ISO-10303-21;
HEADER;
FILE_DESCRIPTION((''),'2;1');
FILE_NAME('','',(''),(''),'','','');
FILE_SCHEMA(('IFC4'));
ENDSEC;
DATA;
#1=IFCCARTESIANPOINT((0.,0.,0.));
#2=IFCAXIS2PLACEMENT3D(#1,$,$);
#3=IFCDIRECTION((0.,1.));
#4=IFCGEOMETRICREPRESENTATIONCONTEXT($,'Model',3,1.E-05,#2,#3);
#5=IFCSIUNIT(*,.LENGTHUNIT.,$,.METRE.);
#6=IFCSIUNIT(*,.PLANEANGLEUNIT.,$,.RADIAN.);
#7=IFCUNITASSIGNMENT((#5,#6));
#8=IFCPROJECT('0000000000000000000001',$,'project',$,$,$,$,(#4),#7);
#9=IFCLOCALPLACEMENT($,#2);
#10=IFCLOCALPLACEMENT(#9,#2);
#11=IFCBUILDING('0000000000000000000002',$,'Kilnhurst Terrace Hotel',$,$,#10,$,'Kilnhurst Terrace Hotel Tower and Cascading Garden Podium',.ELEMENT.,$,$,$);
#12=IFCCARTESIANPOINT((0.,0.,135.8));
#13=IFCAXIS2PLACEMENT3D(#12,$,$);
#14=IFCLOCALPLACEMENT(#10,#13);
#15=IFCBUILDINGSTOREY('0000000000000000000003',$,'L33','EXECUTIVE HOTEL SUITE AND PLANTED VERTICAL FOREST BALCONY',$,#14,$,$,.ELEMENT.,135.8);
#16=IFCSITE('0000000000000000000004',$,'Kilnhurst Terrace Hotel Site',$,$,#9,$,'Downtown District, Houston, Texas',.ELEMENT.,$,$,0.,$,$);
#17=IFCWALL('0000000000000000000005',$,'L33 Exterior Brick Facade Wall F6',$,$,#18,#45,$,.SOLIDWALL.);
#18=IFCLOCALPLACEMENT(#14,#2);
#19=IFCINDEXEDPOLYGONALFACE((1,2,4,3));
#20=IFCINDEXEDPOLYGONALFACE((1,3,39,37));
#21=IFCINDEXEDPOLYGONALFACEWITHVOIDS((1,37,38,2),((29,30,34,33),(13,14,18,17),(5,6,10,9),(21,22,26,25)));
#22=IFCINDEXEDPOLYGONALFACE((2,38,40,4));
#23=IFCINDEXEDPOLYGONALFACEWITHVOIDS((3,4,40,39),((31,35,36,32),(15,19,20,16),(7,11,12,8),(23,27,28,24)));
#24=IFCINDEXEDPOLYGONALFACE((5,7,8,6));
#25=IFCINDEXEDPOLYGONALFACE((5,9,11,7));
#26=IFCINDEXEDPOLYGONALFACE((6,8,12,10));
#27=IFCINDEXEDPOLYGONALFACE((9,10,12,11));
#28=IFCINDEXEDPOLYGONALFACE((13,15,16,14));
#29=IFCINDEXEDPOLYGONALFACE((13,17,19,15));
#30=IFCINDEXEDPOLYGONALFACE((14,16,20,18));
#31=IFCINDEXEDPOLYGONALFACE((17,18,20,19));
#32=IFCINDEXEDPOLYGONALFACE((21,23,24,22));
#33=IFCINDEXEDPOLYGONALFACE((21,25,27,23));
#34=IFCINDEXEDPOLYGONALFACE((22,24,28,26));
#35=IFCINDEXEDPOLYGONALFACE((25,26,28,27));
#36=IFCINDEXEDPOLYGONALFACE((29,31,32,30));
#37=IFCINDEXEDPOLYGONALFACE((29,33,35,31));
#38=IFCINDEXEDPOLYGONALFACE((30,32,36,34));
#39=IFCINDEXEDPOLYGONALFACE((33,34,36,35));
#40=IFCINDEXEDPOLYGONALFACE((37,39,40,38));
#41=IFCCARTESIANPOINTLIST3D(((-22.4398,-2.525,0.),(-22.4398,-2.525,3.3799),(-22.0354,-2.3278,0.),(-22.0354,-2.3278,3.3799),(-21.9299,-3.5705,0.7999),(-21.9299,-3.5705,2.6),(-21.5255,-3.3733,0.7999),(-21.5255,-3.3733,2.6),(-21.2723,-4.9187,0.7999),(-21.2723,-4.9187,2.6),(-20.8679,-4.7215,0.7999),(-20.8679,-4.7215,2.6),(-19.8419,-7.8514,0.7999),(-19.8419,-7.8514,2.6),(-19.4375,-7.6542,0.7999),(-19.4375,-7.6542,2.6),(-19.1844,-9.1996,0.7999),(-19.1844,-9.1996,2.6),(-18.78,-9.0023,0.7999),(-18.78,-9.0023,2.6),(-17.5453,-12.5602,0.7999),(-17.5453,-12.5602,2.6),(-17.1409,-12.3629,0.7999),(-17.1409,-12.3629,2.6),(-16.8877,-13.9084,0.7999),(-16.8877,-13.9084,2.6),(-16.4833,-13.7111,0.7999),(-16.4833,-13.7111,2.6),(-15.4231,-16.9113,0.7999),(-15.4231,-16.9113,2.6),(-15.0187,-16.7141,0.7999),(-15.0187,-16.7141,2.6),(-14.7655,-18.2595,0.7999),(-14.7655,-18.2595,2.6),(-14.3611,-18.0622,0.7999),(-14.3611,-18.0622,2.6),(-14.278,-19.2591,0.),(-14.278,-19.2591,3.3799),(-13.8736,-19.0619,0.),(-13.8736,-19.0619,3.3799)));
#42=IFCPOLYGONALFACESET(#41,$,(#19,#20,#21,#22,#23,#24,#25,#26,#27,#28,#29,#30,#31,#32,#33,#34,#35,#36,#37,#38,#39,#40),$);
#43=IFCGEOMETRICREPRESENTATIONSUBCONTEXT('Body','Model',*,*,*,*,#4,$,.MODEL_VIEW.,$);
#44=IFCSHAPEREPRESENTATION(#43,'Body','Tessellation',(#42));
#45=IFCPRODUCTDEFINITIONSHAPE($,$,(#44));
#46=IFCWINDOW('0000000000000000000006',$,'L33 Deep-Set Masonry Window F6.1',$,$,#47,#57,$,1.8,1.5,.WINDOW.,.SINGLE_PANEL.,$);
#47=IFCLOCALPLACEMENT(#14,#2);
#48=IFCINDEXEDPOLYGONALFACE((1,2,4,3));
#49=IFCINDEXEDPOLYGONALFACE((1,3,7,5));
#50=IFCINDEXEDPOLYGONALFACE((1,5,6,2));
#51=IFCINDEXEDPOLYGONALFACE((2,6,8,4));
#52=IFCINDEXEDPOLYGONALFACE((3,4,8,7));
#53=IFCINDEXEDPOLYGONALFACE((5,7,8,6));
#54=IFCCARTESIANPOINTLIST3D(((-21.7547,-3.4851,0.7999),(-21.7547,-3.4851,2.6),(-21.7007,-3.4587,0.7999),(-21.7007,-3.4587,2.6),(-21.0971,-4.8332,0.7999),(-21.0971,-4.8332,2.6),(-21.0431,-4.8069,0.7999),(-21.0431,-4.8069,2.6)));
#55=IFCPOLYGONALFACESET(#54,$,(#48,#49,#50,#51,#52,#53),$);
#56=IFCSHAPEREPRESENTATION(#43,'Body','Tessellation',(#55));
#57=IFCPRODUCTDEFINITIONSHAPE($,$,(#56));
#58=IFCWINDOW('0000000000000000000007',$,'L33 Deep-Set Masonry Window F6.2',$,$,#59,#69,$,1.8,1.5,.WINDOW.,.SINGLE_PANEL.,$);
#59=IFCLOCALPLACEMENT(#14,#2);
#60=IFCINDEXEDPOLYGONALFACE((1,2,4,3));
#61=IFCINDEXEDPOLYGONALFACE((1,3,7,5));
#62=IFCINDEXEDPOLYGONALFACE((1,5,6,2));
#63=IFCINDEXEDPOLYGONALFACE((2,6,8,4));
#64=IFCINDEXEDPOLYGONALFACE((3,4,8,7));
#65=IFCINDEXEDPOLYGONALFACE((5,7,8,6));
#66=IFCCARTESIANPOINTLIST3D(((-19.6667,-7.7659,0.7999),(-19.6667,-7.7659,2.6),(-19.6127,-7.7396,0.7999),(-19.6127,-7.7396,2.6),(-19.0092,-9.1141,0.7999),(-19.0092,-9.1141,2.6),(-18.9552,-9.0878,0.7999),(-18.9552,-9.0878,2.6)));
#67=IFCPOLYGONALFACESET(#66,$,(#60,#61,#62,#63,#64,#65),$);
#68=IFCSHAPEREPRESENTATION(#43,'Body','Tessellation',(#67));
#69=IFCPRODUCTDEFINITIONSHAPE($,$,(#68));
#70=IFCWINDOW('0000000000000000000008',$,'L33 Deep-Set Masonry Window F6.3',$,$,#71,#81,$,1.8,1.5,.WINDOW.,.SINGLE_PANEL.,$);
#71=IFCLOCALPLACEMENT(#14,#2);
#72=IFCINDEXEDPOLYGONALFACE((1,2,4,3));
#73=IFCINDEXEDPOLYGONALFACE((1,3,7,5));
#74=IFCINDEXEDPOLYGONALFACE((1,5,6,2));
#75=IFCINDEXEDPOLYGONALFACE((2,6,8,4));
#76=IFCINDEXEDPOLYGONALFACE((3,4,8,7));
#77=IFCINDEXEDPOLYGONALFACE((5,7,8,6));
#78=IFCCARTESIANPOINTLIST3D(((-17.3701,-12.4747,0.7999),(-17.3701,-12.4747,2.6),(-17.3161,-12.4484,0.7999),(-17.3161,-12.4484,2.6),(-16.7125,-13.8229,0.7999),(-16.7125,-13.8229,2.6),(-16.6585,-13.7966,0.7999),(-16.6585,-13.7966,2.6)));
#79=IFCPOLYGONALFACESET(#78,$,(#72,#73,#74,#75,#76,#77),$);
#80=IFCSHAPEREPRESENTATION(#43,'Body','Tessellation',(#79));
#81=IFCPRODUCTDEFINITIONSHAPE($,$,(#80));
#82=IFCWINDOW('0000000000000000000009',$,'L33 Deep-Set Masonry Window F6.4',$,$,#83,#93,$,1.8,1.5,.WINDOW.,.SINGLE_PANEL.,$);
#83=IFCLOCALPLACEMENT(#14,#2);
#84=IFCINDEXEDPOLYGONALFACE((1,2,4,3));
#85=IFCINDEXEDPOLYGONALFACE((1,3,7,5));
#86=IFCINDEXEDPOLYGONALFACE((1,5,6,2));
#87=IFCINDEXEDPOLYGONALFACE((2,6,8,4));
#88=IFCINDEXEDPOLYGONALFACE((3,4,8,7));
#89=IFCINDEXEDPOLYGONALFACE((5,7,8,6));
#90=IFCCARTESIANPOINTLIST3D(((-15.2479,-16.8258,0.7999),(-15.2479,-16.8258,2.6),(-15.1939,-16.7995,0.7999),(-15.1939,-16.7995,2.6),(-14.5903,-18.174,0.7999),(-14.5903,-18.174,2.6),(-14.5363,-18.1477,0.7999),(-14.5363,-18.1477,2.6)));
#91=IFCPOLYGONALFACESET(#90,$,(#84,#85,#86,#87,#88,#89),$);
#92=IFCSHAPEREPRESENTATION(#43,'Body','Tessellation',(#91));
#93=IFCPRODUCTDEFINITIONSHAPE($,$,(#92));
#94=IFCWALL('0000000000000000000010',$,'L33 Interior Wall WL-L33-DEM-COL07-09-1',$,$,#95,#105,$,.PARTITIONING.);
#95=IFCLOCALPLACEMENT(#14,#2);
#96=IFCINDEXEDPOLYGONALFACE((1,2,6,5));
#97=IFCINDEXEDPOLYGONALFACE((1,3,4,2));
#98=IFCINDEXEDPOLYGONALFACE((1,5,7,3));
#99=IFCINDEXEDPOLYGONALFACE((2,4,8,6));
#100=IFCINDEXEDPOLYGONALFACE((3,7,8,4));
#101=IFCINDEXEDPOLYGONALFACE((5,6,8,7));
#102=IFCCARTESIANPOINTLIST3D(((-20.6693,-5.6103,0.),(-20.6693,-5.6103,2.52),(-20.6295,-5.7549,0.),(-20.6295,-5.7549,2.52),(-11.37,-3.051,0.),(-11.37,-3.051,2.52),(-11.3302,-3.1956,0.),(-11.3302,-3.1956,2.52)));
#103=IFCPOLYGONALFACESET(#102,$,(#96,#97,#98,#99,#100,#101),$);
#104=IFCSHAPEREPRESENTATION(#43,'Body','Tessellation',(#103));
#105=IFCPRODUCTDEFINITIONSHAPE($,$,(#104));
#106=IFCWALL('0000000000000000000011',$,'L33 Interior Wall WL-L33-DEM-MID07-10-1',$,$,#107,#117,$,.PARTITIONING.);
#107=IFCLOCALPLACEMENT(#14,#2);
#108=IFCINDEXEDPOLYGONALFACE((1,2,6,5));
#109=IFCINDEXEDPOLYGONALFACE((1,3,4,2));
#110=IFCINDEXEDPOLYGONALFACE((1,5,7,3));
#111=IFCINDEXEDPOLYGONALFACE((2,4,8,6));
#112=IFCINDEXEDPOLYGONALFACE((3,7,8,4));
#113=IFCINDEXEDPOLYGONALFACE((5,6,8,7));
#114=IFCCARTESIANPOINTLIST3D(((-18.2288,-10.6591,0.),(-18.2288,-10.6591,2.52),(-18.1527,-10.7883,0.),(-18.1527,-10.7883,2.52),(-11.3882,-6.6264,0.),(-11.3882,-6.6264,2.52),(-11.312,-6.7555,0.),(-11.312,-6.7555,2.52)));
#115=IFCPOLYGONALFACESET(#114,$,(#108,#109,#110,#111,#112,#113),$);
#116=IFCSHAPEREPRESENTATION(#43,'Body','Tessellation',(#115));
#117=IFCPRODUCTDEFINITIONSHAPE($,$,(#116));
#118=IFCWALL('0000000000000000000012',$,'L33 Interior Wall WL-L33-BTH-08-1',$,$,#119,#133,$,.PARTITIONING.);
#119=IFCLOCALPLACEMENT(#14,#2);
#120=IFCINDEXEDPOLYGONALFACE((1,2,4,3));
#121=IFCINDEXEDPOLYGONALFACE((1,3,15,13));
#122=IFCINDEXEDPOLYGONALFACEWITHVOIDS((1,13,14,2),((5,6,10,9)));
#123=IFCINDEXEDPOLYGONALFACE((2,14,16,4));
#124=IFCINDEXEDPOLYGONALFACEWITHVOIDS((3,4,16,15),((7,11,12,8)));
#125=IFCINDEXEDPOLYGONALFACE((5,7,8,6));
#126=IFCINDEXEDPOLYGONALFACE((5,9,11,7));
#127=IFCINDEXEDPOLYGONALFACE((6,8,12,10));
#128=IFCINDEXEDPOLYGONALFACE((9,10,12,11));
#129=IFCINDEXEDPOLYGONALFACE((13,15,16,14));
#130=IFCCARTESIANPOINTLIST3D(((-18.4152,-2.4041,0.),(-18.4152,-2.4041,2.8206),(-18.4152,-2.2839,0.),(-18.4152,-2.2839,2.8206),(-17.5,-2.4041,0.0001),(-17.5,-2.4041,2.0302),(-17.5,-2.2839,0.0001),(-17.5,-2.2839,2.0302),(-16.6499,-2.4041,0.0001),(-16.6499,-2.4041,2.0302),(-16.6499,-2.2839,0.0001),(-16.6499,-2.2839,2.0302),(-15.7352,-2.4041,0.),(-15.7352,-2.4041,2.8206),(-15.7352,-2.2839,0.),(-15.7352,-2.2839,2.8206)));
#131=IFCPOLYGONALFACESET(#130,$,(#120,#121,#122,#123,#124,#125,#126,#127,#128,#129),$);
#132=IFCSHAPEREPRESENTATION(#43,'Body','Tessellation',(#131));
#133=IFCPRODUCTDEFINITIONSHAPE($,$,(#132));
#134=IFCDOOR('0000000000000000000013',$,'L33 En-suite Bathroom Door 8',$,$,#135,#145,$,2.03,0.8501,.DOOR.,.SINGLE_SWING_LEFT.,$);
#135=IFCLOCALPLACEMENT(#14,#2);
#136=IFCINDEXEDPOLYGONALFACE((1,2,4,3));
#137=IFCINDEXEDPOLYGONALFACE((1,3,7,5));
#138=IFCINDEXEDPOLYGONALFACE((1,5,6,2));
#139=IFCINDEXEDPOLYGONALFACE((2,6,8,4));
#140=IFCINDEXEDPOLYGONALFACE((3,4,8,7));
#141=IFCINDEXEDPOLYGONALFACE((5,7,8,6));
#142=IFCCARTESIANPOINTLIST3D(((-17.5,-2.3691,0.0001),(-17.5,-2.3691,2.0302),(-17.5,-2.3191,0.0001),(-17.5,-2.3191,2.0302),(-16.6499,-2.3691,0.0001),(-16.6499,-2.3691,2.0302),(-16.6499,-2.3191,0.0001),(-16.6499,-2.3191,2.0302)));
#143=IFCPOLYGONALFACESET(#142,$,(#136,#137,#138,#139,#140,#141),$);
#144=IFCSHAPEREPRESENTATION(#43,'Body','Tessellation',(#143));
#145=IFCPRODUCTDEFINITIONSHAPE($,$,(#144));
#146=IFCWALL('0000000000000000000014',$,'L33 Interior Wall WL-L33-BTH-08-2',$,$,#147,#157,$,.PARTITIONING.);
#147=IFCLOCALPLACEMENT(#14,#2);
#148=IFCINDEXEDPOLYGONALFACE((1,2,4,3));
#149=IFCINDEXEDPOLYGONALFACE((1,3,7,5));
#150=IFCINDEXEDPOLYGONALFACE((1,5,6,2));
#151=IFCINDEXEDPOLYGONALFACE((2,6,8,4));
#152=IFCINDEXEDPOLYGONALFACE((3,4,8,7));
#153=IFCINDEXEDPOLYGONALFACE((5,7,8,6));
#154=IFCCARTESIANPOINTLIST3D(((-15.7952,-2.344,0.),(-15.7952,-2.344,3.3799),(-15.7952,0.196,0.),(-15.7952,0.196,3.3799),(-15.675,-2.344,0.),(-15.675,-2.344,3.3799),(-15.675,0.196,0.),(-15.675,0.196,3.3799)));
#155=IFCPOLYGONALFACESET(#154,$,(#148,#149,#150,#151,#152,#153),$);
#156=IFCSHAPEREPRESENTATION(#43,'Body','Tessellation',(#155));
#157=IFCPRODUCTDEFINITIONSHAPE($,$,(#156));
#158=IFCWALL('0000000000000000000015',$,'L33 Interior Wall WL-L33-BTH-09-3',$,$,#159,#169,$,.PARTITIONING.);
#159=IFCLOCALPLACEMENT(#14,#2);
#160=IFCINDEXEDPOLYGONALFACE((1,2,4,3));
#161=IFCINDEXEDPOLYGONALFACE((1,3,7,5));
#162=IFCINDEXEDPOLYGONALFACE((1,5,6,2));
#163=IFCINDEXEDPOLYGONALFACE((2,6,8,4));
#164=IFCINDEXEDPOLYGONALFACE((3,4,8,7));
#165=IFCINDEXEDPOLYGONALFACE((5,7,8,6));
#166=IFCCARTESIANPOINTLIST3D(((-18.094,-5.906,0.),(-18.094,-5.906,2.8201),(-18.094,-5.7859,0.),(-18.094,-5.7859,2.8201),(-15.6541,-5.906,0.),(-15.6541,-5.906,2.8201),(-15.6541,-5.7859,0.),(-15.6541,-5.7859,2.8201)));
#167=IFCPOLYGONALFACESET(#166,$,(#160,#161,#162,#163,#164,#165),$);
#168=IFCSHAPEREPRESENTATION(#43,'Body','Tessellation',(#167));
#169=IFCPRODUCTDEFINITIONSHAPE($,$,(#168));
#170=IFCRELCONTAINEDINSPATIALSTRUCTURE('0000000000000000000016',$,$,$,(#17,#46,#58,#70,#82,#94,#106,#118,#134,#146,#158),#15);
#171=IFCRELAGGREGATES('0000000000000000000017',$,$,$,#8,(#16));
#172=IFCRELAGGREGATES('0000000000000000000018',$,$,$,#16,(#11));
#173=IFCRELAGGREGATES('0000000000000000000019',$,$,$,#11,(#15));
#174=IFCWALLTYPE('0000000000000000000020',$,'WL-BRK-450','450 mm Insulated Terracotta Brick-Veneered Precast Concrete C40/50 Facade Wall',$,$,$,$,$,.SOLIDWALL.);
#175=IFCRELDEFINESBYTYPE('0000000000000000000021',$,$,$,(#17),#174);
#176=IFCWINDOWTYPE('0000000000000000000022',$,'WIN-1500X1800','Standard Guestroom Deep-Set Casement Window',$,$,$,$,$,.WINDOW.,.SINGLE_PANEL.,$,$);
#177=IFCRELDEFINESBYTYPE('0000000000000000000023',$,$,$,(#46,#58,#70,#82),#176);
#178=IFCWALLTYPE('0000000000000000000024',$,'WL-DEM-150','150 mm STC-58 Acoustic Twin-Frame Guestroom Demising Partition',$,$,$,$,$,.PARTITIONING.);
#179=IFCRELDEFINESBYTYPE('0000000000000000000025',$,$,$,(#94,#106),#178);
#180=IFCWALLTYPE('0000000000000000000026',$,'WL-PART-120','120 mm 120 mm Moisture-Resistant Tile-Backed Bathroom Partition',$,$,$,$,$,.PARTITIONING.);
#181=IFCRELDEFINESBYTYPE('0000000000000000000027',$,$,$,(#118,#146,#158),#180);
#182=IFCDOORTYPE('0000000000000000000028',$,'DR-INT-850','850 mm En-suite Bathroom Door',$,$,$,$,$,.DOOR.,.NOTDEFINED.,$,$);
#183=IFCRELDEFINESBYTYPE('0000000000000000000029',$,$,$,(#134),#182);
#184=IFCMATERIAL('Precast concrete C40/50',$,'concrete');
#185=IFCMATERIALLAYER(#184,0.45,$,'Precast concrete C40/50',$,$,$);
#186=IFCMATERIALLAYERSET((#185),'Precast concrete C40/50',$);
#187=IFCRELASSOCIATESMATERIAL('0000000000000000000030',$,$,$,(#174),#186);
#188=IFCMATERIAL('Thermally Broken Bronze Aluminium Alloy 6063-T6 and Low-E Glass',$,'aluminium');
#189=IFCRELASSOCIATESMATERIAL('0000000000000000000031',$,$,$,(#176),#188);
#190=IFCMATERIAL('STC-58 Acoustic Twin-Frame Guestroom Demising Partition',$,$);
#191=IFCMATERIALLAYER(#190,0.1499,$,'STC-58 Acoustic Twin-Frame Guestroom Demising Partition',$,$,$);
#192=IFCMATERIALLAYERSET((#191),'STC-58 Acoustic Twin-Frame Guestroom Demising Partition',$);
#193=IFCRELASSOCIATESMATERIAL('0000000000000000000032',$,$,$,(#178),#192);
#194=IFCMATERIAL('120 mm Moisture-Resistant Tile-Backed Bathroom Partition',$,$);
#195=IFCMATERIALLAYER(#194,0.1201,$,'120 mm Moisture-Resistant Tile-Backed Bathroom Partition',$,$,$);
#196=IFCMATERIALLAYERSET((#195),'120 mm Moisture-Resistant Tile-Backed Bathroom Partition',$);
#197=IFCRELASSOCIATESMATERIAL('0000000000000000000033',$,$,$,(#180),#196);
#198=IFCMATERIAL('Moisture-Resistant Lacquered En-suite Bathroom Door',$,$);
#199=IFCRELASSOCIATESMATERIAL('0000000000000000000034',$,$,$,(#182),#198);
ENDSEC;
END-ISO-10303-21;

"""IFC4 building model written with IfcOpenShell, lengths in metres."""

from ifc_helpers import new_model, si_unit, direction, frame, frame_2d, origin, place, context, subcontext, project, spatial, rectangle, extrude, material, layer, layer_set, type_object, element, fill, save


model = new_model("IFC4")

# Units and contexts
model_context = context("Model", 3, precision=1e-05, world=origin(), true_north=direction((0.0, 1.0)))
body_context = subcontext(model_context, "Body", "Model", "MODEL_VIEW")
ifc_project = project(units=[si_unit("LENGTHUNIT", "METRE"), si_unit("PLANEANGLEUNIT", "RADIAN")], contexts=[model_context])

# Site, building, storey
site_placement = place(None, origin())
site = spatial("IfcSite", under=ifc_project, at=site_placement, Name="Kilnhurst Terrace Hotel Site", LongName="Downtown District, Houston, Texas", CompositionType="ELEMENT", RefElevation=0.0)
building_placement = place(site_placement, origin())
building = spatial("IfcBuilding", under=site, at=building_placement, Name="Kilnhurst Terrace Hotel", LongName="Kilnhurst Terrace Hotel Tower and Cascading Garden Podium", CompositionType="ELEMENT")
storey_placement = place(building_placement, frame((0.0, 0.0, 135.8)))
storey = spatial("IfcBuildingStorey", under=building, at=storey_placement, Name="L33", Description="EXECUTIVE HOTEL SUITE AND PLANTED VERTICAL FOREST BALCONY", CompositionType="ELEMENT", Elevation=135.8)

# Shared definitions
ifc_material_1 = material(Name="Precast concrete C40/50", Category="concrete")
ifc_layer_1 = layer(ifc_material_1, 0.45, Name="Precast concrete C40/50")
ifc_layer_set_1 = layer_set([ifc_layer_1], Name="Precast concrete C40/50")
wall_type_1 = type_object("IfcWallType", Name="WL-BRK-450", Description="450 mm Insulated Terracotta Brick-Veneered Precast Concrete C40/50 Facade Wall", PredefinedType="SOLIDWALL", material=ifc_layer_set_1)

# Wall, openings, windows
wall_1_placement = place(storey_placement, frame((-22.2375, -2.4265, 0.0), z_axis=(0.0, 0.0, 1.0), x_axis=(0.438375, -0.898792, 0.0)))
wall_1 = element("IfcWall", 1, at=wall_1_placement, inside=storey, type_object=wall_type_1, Name="L33 Exterior Brick Facade Wall F6", PredefinedType="SOLIDWALL", context=body_context, shape_type="SweptSolid", body=[
    extrude(rectangle(XDim=18.6184, YDim=0.45, at=frame_2d((9.3091, 0.0))), origin(), (0.0, 0.0, 1.0), 3.3799),
])
opening_1_placement = place(wall_1_placement, frame((1.1631, 0.0, 0.8)))
opening_1 = element("IfcOpeningElement", 2, at=opening_1_placement, cuts=wall_1, PredefinedType="OPENING", context=body_context, shape_type="SweptSolid", body=[
    extrude(rectangle(XDim=1.5, YDim=1.8, at=frame_2d((0.75, 0.8999))), frame((0.0, 0.2349, 0.0), z_axis=(0.0, -1.0, 0.0), x_axis=(1.0, 0.0, 0.0)), (0.0, 0.0, 1.0), 0.47),
])
opening_2_placement = place(wall_1_placement, frame((5.926, 0.0, 0.8)))
opening_2 = element("IfcOpeningElement", 3, at=opening_2_placement, cuts=wall_1, PredefinedType="OPENING", context=body_context, shape_type="SweptSolid", body=[
    extrude(rectangle(XDim=1.5, YDim=1.8, at=frame_2d((0.75, 0.8999))), frame((0.0, 0.2349, 0.0), z_axis=(0.0, -1.0, 0.0), x_axis=(1.0, 0.0, 0.0)), (0.0, 0.0, 1.0), 0.47),
])
opening_3_placement = place(wall_1_placement, frame((11.165, 0.0, 0.8)))
opening_3 = element("IfcOpeningElement", 4, at=opening_3_placement, cuts=wall_1, PredefinedType="OPENING", context=body_context, shape_type="SweptSolid", body=[
    extrude(rectangle(XDim=1.5, YDim=1.8, at=frame_2d((0.75, 0.8999))), frame((0.0, 0.2349, 0.0), z_axis=(0.0, -1.0, 0.0), x_axis=(1.0, 0.0, 0.0)), (0.0, 0.0, 1.0), 0.47),
])
opening_4_placement = place(wall_1_placement, frame((16.0061, 0.0, 0.8)))
opening_4 = element("IfcOpeningElement", 5, at=opening_4_placement, cuts=wall_1, PredefinedType="OPENING", context=body_context, shape_type="SweptSolid", body=[
    extrude(rectangle(XDim=1.5, YDim=1.8, at=frame_2d((0.75, 0.8999))), frame((0.0, 0.2349, 0.0), z_axis=(0.0, -1.0, 0.0), x_axis=(1.0, 0.0, 0.0)), (0.0, 0.0, 1.0), 0.47),
])
ifc_material_2 = material(Name="Thermally Broken Bronze Aluminium Alloy 6063-T6 and Low-E Glass", Category="aluminium")
window_type = type_object("IfcWindowType", Name="WIN-1500X1800", Description="Standard Guestroom Deep-Set Casement Window", PartitioningType="SINGLE_PANEL", PredefinedType="WINDOW", material=ifc_material_2)
window_1_placement = place(opening_1_placement, origin())
window_1 = element("IfcWindow", 6, at=window_1_placement, inside=storey, type_object=window_type, Name="L33 Deep-Set Masonry Window F6.1", OverallHeight=1.8, OverallWidth=1.5, PartitioningType="SINGLE_PANEL", PredefinedType="WINDOW", context=body_context, shape_type="SweptSolid", body=[
    extrude(rectangle(XDim=1.5, YDim=1.8, at=frame_2d((0.75, 0.8999))), frame((0.0, 0.03, 0.0), z_axis=(0.0, -1.0, 0.0), x_axis=(1.0, 0.0, 0.0)), (0.0, 0.0, 1.0), 0.0601),
])
fill(opening_1, window_1)
window_2_placement = place(opening_2_placement, origin())
window_2 = element("IfcWindow", 7, at=window_2_placement, inside=storey, type_object=window_type, Name="L33 Deep-Set Masonry Window F6.2", OverallHeight=1.8, OverallWidth=1.5, PartitioningType="SINGLE_PANEL", PredefinedType="WINDOW", context=body_context, shape_type="SweptSolid", body=[
    extrude(rectangle(XDim=1.5, YDim=1.8, at=frame_2d((0.75, 0.8999))), frame((0.0, 0.03, 0.0), z_axis=(0.0, -1.0, 0.0), x_axis=(1.0, 0.0, 0.0)), (0.0, 0.0, 1.0), 0.0601),
])
fill(opening_2, window_2)
window_3_placement = place(opening_3_placement, origin())
window_3 = element("IfcWindow", 8, at=window_3_placement, inside=storey, type_object=window_type, Name="L33 Deep-Set Masonry Window F6.3", OverallHeight=1.8, OverallWidth=1.5, PartitioningType="SINGLE_PANEL", PredefinedType="WINDOW", context=body_context, shape_type="SweptSolid", body=[
    extrude(rectangle(XDim=1.5, YDim=1.8, at=frame_2d((0.75, 0.8999))), frame((0.0, 0.03, 0.0), z_axis=(0.0, -1.0, 0.0), x_axis=(1.0, 0.0, 0.0)), (0.0, 0.0, 1.0), 0.0601),
])
fill(opening_3, window_3)
window_4_placement = place(opening_4_placement, origin())
window_4 = element("IfcWindow", 9, at=window_4_placement, inside=storey, type_object=window_type, Name="L33 Deep-Set Masonry Window F6.4", OverallHeight=1.8, OverallWidth=1.5, PartitioningType="SINGLE_PANEL", PredefinedType="WINDOW", context=body_context, shape_type="SweptSolid", body=[
    extrude(rectangle(XDim=1.5, YDim=1.8, at=frame_2d((0.75, 0.8999))), frame((0.0, 0.03, 0.0), z_axis=(0.0, -1.0, 0.0), x_axis=(1.0, 0.0, 0.0)), (0.0, 0.0, 1.0), 0.0601),
])
fill(opening_4, window_4)

# Walls
ifc_material_3 = material(Name="STC-58 Acoustic Twin-Frame Guestroom Demising Partition")
ifc_layer_2 = layer(ifc_material_3, 0.1499, Name="STC-58 Acoustic Twin-Frame Guestroom Demising Partition")
ifc_layer_set_2 = layer_set([ifc_layer_2], Name="STC-58 Acoustic Twin-Frame Guestroom Demising Partition")
wall_type_2 = type_object("IfcWallType", Name="WL-DEM-150", Description="150 mm STC-58 Acoustic Twin-Frame Guestroom Demising Partition", PredefinedType="PARTITIONING", material=ifc_layer_set_2)
wall_2_placement = place(storey_placement, frame((-11.3501, -3.1233, 0.0), z_axis=(0.0, 0.0, 1.0), x_axis=(-0.964152, -0.265351, 0.0)))
element("IfcWall", 10, at=wall_2_placement, inside=storey, type_object=wall_type_2, Name="L33 Interior Wall WL-L33-DEM-COL07-09-1", PredefinedType="PARTITIONING", context=body_context, shape_type="SweptSolid", body=[
    extrude(rectangle(XDim=9.645, YDim=0.1499, at=frame_2d((4.8225, 0.0))), origin(), (0.0, 0.0, 1.0), 2.52),
])
wall_3_placement = place(storey_placement, frame((-11.3501, -6.6909, 0.0), z_axis=(0.0, 0.0, 1.0), x_axis=(-0.861447, -0.507848, 0.0)))
element("IfcWall", 11, at=wall_3_placement, inside=storey, type_object=wall_type_2, Name="L33 Interior Wall WL-L33-DEM-MID07-10-1", PredefinedType="PARTITIONING", context=body_context, shape_type="SweptSolid", body=[
    extrude(rectangle(XDim=7.9409, YDim=0.1499, at=frame_2d((3.9705, 0.0))), origin(), (0.0, 0.0, 1.0), 2.52),
])

# Wall, opening, door
ifc_material_4 = material(Name="120 mm Moisture-Resistant Tile-Backed Bathroom Partition")
ifc_layer_3 = layer(ifc_material_4, 0.1201, Name="120 mm Moisture-Resistant Tile-Backed Bathroom Partition")
ifc_layer_set_3 = layer_set([ifc_layer_3], Name="120 mm Moisture-Resistant Tile-Backed Bathroom Partition")
wall_type_3 = type_object("IfcWallType", Name="WL-PART-120", Description="120 mm 120 mm Moisture-Resistant Tile-Backed Bathroom Partition", PredefinedType="PARTITIONING", material=ifc_layer_set_3)
wall_4_placement = place(storey_placement, frame((-18.415, -2.344, 0.0), z_axis=(0.0, 0.0, 1.0), x_axis=(1.0, 0.0, 0.0)))
wall_4 = element("IfcWall", 12, at=wall_4_placement, inside=storey, type_object=wall_type_3, Name="L33 Interior Wall WL-L33-BTH-08-1", PredefinedType="PARTITIONING", context=body_context, shape_type="SweptSolid", body=[
    extrude(rectangle(XDim=2.6799, YDim=0.1201, at=frame_2d((1.3398, 0.0))), origin(), (0.0, 0.0, 1.0), 2.8206),
])
opening_5_placement = place(wall_4_placement, frame((0.915, 0.0, 0.0)))
opening_5 = element("IfcOpeningElement", 13, at=opening_5_placement, cuts=wall_4, PredefinedType="OPENING", context=body_context, shape_type="SweptSolid", body=[
    extrude(rectangle(XDim=0.8501, YDim=2.03, at=frame_2d((0.425, 1.0151))), frame((0.0, 0.0701, 0.0), z_axis=(0.0, -1.0, 0.0), x_axis=(1.0, 0.0, 0.0)), (0.0, 0.0, 1.0), 0.1401),
])
ifc_material_5 = material(Name="Moisture-Resistant Lacquered En-suite Bathroom Door")
door_type = type_object("IfcDoorType", Name="DR-INT-850", Description="850 mm En-suite Bathroom Door", OperationType="NOTDEFINED", PredefinedType="DOOR", material=ifc_material_5)
door_placement = place(opening_5_placement, origin())
door = element("IfcDoor", 14, at=door_placement, inside=storey, type_object=door_type, Name="L33 En-suite Bathroom Door 8", OperationType="SINGLE_SWING_LEFT", OverallHeight=2.03, OverallWidth=0.8501, PredefinedType="DOOR", context=body_context, shape_type="SweptSolid", body=[
    extrude(rectangle(XDim=0.8501, YDim=2.03, at=frame_2d((0.425, 1.0151))), frame((0.0, 0.0249, 0.0), z_axis=(0.0, -1.0, 0.0), x_axis=(1.0, 0.0, 0.0)), (0.0, 0.0, 1.0), 0.05),
])
fill(opening_5, door)

# Walls
wall_5_placement = place(storey_placement, frame((-15.7351, -2.344, 0.0), z_axis=(0.0, 0.0, 1.0), x_axis=(0.0, 1.0, 0.0)))
element("IfcWall", 15, at=wall_5_placement, inside=storey, type_object=wall_type_3, Name="L33 Interior Wall WL-L33-BTH-08-2", PredefinedType="PARTITIONING", context=body_context, shape_type="SweptSolid", body=[
    extrude(rectangle(XDim=2.54, YDim=0.1201, at=frame_2d((1.27, 0.0))), origin(), (0.0, 0.0, 1.0), 3.3799),
])
wall_6_placement = place(storey_placement, frame((-15.6541, -5.8459, 0.0), z_axis=(0.0, 0.0, 1.0), x_axis=(-1.0, 0.0, 0.0)))
element("IfcWall", 16, at=wall_6_placement, inside=storey, type_object=wall_type_3, Name="L33 Interior Wall WL-L33-BTH-09-3", PredefinedType="PARTITIONING", context=body_context, shape_type="SweptSolid", body=[
    extrude(rectangle(XDim=2.4399, YDim=0.1201, at=frame_2d((1.22, 0.0))), origin(), (0.0, 0.0, 1.0), 2.8201),
])

save(model, "model.ifc")
